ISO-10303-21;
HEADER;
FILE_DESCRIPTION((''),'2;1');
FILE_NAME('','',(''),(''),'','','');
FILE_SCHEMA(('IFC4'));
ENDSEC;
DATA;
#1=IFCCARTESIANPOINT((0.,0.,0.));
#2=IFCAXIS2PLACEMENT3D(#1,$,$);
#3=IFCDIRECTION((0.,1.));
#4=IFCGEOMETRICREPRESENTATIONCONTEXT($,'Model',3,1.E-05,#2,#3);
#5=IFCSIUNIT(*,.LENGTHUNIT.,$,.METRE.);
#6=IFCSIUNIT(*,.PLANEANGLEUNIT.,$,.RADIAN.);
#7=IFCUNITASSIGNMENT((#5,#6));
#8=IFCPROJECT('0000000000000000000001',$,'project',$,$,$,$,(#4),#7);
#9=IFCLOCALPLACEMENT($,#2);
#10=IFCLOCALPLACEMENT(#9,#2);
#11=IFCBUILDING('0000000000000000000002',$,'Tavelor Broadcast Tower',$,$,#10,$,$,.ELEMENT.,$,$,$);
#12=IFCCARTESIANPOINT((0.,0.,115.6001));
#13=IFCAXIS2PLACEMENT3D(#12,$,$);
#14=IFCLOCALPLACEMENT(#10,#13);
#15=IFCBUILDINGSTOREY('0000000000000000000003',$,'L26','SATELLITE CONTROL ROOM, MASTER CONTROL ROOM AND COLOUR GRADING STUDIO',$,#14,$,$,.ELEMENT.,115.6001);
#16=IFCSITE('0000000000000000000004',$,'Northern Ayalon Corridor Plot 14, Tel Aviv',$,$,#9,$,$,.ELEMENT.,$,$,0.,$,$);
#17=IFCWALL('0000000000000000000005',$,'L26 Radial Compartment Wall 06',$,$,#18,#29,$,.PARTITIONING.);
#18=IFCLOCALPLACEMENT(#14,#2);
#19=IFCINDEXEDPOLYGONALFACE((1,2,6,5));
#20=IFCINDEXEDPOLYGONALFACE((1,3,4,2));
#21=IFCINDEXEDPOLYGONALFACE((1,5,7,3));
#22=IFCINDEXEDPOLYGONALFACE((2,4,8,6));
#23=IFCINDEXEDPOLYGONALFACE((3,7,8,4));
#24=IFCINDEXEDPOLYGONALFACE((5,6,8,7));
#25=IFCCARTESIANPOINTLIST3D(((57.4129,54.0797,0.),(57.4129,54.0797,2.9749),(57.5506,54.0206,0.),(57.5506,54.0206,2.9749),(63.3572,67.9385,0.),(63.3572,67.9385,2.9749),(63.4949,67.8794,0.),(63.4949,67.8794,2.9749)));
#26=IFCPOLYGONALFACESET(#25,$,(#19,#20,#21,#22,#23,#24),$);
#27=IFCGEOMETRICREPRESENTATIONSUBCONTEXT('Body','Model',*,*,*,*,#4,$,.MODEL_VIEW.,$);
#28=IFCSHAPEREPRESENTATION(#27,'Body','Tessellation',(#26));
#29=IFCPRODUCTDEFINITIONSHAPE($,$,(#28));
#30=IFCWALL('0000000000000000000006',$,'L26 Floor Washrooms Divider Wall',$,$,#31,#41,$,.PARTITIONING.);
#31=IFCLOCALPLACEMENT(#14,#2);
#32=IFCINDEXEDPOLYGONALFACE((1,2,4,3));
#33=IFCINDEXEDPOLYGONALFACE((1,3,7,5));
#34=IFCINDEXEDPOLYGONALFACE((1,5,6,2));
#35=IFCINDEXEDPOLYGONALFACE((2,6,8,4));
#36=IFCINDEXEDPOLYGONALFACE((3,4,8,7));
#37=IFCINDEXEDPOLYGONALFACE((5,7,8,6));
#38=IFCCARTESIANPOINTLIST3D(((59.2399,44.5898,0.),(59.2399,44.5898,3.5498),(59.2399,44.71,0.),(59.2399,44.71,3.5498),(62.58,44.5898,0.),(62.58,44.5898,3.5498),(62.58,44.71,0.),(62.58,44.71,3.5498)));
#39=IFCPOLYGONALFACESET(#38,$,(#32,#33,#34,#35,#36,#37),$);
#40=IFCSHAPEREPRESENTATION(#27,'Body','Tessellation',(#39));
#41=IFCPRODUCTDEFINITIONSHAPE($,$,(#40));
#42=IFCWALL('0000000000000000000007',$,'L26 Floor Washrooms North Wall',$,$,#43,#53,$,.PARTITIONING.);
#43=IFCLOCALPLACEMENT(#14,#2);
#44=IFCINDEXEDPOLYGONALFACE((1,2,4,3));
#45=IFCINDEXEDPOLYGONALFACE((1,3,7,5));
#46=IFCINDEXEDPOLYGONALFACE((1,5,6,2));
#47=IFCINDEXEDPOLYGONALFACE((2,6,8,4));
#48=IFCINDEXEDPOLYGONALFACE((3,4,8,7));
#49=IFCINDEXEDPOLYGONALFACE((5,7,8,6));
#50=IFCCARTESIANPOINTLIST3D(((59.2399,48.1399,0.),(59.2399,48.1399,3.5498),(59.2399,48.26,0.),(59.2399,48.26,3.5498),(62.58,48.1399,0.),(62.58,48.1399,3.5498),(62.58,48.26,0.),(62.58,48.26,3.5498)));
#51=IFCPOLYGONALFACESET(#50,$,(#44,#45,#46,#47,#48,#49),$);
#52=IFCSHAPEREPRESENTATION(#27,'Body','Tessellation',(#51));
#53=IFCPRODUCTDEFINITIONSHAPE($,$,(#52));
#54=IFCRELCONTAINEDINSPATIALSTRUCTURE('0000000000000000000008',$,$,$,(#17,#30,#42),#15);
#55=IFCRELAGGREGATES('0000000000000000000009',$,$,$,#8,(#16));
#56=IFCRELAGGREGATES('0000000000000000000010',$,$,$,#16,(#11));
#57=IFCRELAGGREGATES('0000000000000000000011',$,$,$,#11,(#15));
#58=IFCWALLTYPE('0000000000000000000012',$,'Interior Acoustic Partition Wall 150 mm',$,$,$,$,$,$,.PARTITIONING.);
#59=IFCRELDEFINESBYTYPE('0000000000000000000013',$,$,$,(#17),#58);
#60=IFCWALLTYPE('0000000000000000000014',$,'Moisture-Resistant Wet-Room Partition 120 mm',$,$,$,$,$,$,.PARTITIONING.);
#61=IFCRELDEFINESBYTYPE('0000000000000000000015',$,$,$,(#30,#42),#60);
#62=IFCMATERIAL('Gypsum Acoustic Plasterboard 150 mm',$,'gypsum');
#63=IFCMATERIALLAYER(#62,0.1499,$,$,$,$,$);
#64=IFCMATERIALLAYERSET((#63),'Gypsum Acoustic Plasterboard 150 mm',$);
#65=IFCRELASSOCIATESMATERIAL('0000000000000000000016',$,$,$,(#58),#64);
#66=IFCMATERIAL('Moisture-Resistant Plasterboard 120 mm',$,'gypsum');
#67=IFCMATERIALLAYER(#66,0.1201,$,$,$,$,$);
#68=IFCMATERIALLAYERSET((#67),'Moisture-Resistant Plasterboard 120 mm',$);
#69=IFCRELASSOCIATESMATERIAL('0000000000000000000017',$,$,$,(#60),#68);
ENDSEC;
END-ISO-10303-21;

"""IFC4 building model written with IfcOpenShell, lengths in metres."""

from ifc_helpers import new_model, si_unit, direction, frame, frame_2d, origin, place, context, subcontext, project, spatial, rectangle, extrude, material, layer, layer_set, type_object, element, save


model = new_model("IFC4")

# Units and contexts
model_context = context("Model", 3, precision=1e-05, world=origin(), true_north=direction((0.0, 1.0)))
body_context = subcontext(model_context, "Body", "Model", "MODEL_VIEW")
ifc_project = project(units=[si_unit("LENGTHUNIT", "METRE"), si_unit("PLANEANGLEUNIT", "RADIAN")], contexts=[model_context])

# Site, building, storey
site_placement = place(None, origin())
site = spatial("IfcSite", under=ifc_project, at=site_placement, Name="Northern Ayalon Corridor Plot 14, Tel Aviv", CompositionType="ELEMENT", RefElevation=0.0)
building_placement = place(site_placement, origin())
building = spatial("IfcBuilding", under=site, at=building_placement, Name="Tavelor Broadcast Tower", CompositionType="ELEMENT")
storey_placement = place(building_placement, frame((0.0, 0.0, 115.6001)))
storey = spatial("IfcBuildingStorey", under=building, at=storey_placement, Name="L26", Description="SATELLITE CONTROL ROOM, MASTER CONTROL ROOM AND COLOUR GRADING STUDIO", CompositionType="ELEMENT", Elevation=115.6001)

# Walls
ifc_material_1 = material(Name="Gypsum Acoustic Plasterboard 150 mm", Category="gypsum")
ifc_layer_1 = layer(ifc_material_1, 0.1499)
ifc_layer_set_1 = layer_set([ifc_layer_1], Name="Gypsum Acoustic Plasterboard 150 mm")
wall_type_1 = type_object("IfcWallType", Name="Interior Acoustic Partition Wall 150 mm", PredefinedType="PARTITIONING", material=ifc_layer_set_1)
wall_1_placement = place(storey_placement, frame((57.4817, 54.05, 0.0), z_axis=(0.0, 0.0, 1.0), x_axis=(0.394189, 0.919029, 0.0)))
element("IfcWall", 1, at=wall_1_placement, inside=storey, type_object=wall_type_1, Name="L26 Radial Compartment Wall 06", PredefinedType="PARTITIONING", context=body_context, shape_type="SweptSolid", body=[
    extrude(rectangle(XDim=15.0798, YDim=0.1499, at=frame_2d((7.54, 0.0))), origin(), (0.0, 0.0, 1.0), 2.9749),
])
ifc_material_2 = material(Name="Moisture-Resistant Plasterboard 120 mm", Category="gypsum")
ifc_layer_2 = layer(ifc_material_2, 0.1201)
ifc_layer_set_2 = layer_set([ifc_layer_2], Name="Moisture-Resistant Plasterboard 120 mm")
wall_type_2 = type_object("IfcWallType", Name="Moisture-Resistant Wet-Room Partition 120 mm", PredefinedType="PARTITIONING", material=ifc_layer_set_2)
for number, where, z_axis, x_axis, name in (
    (2, (59.24, 44.6499, 0.0), (0.0, 0.0, 1.0), (1.0, 0.0, 0.0), "L26 Floor Washrooms Divider Wall"),
    (3, (59.24, 48.2, 0.0), (0.0, 0.0, 1.0), (1.0, 0.0, 0.0), "L26 Floor Washrooms North Wall"),
):
    element("IfcWall", number, at=place(storey_placement, frame(where, z_axis=z_axis, x_axis=x_axis)), inside=storey, type_object=wall_type_2, Name=name, PredefinedType="PARTITIONING", context=body_context, shape_type="SweptSolid", body=[
        extrude(rectangle(XDim=3.3401, YDim=0.1201, at=frame_2d((1.6699, 0.0))), origin(), (0.0, 0.0, 1.0), 3.5498),
    ])

save(model, "model.ifc")
